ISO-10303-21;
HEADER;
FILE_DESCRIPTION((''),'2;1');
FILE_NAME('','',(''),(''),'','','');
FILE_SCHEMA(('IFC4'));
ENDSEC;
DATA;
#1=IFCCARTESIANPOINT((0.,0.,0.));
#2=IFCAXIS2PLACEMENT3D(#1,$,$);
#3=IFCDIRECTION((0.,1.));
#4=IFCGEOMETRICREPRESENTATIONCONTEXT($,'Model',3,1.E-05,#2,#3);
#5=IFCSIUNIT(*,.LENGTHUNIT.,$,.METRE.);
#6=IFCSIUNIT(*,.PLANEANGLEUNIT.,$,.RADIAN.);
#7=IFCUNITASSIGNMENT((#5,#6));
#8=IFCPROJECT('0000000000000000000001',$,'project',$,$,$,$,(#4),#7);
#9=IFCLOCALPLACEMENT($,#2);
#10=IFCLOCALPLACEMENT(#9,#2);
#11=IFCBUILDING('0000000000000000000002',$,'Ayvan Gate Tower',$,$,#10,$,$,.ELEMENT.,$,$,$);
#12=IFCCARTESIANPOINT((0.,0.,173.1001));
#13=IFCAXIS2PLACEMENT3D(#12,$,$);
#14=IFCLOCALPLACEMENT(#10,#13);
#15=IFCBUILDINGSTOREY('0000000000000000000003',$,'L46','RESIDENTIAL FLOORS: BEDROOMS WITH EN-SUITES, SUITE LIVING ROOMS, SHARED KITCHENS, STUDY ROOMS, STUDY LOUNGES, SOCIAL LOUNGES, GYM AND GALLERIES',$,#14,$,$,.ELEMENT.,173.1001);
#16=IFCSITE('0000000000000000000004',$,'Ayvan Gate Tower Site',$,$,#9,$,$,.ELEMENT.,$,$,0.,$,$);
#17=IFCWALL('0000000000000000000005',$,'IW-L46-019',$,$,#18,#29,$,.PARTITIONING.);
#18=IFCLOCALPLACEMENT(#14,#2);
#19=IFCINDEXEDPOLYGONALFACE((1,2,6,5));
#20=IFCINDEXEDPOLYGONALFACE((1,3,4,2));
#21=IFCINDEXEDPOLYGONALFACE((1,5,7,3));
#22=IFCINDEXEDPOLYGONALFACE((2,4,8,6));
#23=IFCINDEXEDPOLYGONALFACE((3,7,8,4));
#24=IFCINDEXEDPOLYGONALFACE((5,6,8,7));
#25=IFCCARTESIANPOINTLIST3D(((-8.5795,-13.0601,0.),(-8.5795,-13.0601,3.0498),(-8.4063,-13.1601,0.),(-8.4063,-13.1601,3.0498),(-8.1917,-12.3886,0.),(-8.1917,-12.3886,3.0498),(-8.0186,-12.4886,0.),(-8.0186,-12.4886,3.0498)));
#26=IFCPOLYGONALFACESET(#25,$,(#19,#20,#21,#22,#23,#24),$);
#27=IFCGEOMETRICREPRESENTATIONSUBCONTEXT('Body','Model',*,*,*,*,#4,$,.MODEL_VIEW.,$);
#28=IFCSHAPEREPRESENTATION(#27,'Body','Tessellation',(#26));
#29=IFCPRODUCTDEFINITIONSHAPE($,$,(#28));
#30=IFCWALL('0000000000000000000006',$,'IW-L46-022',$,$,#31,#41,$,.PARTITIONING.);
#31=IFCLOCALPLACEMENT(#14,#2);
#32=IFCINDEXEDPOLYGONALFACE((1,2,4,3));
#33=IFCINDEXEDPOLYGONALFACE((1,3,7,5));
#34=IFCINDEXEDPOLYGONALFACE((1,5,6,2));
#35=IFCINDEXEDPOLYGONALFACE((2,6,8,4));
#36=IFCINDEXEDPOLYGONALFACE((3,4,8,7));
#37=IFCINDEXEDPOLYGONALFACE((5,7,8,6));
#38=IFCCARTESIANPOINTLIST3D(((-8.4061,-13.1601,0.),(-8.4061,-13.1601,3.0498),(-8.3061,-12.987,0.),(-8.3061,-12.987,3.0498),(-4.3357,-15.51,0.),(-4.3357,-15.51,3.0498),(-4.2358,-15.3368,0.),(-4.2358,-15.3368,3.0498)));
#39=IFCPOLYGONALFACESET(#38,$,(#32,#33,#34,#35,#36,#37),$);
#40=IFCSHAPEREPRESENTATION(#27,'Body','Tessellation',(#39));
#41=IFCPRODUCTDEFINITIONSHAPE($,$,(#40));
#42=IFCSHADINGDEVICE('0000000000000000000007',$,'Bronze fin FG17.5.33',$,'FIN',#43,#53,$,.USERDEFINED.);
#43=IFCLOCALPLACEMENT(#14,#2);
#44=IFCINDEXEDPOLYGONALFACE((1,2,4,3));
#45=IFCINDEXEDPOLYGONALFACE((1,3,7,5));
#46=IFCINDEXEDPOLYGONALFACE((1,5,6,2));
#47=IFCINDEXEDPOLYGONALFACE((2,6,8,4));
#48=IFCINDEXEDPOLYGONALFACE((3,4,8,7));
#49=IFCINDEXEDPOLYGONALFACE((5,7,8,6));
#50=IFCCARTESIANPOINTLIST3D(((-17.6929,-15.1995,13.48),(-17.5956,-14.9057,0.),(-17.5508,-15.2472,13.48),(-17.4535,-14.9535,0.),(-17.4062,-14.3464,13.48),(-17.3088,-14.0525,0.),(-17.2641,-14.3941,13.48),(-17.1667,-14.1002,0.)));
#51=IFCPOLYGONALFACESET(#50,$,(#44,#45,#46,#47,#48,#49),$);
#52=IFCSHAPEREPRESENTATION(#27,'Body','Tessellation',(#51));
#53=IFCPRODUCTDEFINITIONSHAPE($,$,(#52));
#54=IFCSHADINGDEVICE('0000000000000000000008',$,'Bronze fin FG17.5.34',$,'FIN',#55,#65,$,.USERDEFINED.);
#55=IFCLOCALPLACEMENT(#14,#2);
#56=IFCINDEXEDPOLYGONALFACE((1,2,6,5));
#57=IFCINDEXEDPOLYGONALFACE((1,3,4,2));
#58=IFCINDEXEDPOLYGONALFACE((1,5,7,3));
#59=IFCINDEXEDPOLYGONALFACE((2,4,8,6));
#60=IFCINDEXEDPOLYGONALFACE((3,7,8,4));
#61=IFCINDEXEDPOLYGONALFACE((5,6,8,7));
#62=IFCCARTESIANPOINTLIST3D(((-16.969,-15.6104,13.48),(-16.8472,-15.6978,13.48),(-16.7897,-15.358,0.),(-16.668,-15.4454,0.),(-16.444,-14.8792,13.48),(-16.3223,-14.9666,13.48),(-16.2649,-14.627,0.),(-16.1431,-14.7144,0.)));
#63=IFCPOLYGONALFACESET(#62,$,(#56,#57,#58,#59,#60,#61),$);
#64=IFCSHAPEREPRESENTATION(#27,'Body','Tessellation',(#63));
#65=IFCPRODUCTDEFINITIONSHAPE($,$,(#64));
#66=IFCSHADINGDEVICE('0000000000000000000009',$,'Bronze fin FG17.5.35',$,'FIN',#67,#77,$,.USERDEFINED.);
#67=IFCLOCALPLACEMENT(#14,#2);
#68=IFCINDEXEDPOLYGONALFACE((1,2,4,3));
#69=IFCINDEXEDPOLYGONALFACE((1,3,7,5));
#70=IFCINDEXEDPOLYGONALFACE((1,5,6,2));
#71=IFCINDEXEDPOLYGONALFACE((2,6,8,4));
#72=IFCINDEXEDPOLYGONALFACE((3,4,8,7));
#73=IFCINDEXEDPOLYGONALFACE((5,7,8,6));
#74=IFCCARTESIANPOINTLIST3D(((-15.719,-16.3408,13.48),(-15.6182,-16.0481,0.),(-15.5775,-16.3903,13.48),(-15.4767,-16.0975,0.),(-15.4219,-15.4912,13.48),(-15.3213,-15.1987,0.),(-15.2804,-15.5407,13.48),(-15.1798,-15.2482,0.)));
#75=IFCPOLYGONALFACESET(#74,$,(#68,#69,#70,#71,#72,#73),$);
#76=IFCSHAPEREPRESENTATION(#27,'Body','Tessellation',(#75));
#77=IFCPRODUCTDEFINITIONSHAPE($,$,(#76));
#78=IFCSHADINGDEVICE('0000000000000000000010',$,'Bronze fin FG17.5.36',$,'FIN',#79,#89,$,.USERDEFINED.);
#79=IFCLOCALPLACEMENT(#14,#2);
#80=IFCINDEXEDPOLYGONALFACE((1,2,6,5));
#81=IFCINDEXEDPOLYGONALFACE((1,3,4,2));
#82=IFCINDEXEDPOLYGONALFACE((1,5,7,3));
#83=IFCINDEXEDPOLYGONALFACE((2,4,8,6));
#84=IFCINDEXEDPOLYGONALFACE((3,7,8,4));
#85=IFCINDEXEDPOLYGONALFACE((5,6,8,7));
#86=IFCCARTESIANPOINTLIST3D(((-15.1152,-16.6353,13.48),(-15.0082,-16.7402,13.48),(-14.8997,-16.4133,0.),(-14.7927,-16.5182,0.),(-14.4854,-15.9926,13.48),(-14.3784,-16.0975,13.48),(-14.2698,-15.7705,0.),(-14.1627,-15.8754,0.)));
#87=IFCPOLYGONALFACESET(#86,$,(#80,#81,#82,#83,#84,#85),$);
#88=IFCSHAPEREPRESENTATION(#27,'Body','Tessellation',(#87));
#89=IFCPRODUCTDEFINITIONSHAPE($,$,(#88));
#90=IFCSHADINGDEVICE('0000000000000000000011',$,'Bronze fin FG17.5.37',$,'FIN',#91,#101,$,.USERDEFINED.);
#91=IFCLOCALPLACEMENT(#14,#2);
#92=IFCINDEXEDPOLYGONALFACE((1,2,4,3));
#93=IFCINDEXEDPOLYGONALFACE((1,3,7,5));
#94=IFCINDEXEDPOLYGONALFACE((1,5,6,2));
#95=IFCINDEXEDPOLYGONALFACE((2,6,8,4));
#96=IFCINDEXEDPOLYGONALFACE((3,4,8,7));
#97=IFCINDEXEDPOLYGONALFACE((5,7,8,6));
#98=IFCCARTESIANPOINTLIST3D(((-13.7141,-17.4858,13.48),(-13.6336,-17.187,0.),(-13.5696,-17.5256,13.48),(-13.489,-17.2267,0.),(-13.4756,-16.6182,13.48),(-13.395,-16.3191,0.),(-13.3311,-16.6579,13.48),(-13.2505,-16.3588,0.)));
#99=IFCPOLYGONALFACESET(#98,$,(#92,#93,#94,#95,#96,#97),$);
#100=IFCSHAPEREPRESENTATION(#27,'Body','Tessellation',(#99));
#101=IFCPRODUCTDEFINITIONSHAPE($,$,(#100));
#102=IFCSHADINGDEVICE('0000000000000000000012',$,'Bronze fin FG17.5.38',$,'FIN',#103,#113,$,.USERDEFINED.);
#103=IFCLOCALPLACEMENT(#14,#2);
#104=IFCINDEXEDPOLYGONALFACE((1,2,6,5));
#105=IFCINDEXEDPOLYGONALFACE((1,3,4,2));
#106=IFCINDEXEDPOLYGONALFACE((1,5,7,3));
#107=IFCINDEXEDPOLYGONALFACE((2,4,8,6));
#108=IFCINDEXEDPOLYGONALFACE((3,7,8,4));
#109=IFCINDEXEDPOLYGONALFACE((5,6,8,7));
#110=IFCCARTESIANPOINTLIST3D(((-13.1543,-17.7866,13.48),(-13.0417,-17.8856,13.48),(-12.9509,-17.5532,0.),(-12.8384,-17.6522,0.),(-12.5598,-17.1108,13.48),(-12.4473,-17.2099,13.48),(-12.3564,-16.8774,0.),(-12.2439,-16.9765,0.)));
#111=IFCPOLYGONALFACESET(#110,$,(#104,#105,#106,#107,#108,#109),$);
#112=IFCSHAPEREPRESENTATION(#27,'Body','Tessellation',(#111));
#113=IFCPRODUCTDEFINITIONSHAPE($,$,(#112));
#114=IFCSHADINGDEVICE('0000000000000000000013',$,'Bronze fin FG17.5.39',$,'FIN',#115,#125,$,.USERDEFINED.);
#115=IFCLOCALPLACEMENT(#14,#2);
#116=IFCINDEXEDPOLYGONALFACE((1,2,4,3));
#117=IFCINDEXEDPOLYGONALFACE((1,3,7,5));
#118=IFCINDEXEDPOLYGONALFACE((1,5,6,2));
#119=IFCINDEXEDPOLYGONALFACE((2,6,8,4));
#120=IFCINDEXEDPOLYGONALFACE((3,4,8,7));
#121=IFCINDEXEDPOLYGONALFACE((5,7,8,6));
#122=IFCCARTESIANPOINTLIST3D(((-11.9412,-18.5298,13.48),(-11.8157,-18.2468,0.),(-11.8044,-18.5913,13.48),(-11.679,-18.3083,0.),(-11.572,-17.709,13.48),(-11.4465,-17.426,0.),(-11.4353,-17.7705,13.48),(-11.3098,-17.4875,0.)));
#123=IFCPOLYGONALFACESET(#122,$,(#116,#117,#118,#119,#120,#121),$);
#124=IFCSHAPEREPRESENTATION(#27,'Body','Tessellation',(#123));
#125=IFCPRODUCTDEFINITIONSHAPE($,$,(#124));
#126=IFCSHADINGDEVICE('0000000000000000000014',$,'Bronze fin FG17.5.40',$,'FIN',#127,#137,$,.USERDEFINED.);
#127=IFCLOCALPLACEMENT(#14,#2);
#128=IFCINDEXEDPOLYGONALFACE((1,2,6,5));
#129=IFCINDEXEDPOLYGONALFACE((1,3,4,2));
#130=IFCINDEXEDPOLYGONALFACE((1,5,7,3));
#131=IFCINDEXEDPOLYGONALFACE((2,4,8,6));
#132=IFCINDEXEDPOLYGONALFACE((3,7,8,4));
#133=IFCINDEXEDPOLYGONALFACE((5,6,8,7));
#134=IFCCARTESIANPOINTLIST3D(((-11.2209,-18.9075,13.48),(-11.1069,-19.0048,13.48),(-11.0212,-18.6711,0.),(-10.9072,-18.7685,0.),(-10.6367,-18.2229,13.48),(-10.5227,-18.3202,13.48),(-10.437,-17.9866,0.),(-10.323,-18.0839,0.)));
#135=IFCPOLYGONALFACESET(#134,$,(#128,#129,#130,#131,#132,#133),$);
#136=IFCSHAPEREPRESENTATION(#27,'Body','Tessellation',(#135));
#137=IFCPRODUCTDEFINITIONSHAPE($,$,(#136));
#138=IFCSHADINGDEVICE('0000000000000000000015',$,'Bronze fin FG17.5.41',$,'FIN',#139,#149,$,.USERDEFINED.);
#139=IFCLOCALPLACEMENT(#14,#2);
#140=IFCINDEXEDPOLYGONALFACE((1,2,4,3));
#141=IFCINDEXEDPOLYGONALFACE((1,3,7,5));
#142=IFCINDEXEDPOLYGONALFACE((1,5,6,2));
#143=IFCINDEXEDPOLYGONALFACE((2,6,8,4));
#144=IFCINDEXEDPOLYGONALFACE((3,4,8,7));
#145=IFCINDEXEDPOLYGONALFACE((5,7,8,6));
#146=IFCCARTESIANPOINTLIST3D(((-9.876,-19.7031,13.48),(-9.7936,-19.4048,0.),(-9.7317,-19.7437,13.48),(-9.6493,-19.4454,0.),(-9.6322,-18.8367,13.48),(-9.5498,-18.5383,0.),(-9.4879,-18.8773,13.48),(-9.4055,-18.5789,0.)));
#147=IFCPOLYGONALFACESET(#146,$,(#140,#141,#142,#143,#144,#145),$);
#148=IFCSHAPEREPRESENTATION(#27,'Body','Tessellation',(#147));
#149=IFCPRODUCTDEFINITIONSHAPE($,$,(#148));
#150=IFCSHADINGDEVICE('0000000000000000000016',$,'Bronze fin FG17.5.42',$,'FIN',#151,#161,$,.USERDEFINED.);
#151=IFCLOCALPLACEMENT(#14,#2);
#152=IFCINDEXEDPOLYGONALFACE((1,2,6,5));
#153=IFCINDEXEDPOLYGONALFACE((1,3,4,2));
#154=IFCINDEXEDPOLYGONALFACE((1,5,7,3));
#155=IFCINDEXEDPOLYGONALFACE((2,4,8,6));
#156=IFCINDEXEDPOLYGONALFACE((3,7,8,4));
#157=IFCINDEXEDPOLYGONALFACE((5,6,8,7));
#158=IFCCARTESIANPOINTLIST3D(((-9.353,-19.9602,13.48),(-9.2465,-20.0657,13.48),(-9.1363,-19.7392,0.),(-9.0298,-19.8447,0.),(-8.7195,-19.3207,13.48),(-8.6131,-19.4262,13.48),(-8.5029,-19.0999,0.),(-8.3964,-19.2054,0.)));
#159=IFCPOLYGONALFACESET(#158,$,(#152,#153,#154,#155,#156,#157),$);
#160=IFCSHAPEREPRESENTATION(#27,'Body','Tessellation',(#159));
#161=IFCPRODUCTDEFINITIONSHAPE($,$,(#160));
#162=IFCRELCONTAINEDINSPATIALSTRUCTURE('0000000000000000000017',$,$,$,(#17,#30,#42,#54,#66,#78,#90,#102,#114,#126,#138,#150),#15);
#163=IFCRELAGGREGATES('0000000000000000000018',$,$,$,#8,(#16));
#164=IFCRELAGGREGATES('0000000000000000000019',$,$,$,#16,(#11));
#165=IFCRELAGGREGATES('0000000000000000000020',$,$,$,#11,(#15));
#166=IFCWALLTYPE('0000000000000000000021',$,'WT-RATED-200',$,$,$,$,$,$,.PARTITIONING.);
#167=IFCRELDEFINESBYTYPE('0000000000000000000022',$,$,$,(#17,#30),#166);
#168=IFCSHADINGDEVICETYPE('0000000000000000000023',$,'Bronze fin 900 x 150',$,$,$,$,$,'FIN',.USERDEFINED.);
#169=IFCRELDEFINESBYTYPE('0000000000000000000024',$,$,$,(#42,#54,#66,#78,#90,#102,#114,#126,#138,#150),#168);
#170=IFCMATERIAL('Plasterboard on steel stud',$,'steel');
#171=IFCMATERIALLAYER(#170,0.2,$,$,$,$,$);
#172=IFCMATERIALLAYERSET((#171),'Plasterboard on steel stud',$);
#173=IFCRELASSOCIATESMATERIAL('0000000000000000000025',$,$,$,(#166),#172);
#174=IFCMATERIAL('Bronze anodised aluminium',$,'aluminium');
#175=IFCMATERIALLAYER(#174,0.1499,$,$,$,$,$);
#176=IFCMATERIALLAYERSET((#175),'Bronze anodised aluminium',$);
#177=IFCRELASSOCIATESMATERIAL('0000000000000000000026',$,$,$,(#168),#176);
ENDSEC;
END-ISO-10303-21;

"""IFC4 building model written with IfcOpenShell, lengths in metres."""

from ifc_helpers import new_model, si_unit, direction, frame, frame_2d, origin, place, context, subcontext, project, spatial, polyline, rectangle, outline, extrude, material, layer, layer_set, type_object, element, save


model = new_model("IFC4")

# Units and contexts
model_context = context("Model", 3, precision=1e-05, world=origin(), true_north=direction((0.0, 1.0)))
body_context = subcontext(model_context, "Body", "Model", "MODEL_VIEW")
ifc_project = project(units=[si_unit("LENGTHUNIT", "METRE"), si_unit("PLANEANGLEUNIT", "RADIAN")], contexts=[model_context])

# Site, building, storey
site_placement = place(None, origin())
site = spatial("IfcSite", under=ifc_project, at=site_placement, Name="Ayvan Gate Tower Site", CompositionType="ELEMENT", RefElevation=0.0)
building_placement = place(site_placement, origin())
building = spatial("IfcBuilding", under=site, at=building_placement, Name="Ayvan Gate Tower", CompositionType="ELEMENT")
storey_placement = place(building_placement, frame((0.0, 0.0, 173.1001)))
storey = spatial("IfcBuildingStorey", under=building, at=storey_placement, Name="L46", Description="RESIDENTIAL FLOORS: BEDROOMS WITH EN-SUITES, SUITE LIVING ROOMS, SHARED KITCHENS, STUDY ROOMS, STUDY LOUNGES, SOCIAL LOUNGES, GYM AND GALLERIES", CompositionType="ELEMENT", Elevation=173.1001)

# Shared definitions
ifc_material_1 = material(Name="Bronze anodised aluminium", Category="aluminium")

# Walls
ifc_material_2 = material(Name="Plasterboard on steel stud", Category="steel")
ifc_layer_1 = layer(ifc_material_2, 0.2)
ifc_layer_set_1 = layer_set([ifc_layer_1], Name="Plasterboard on steel stud")
wall_type_1 = type_object("IfcWallType", Name="WT-RATED-200", PredefinedType="PARTITIONING", material=ifc_layer_set_1)
wall_1_placement = place(storey_placement, frame((-8.4929, -13.1101, 0.0), z_axis=(0.0, 0.0, 1.0), x_axis=(0.500068, 0.865986, 0.0)))
element("IfcWall", 1, at=wall_1_placement, inside=storey, type_object=wall_type_1, Name="IW-L46-019", PredefinedType="PARTITIONING", context=body_context, shape_type="SweptSolid", body=[
    extrude(rectangle(XDim=0.7754, YDim=0.2, at=frame_2d((0.3877, 0.0))), origin(), (0.0, 0.0, 1.0), 3.0498),
])
wall_2_placement = place(storey_placement, frame((-8.3562, -13.0735, 0.0), z_axis=(0.0, 0.0, 1.0), x_axis=(0.866039, -0.499977, 0.0)))
element("IfcWall", 2, at=wall_2_placement, inside=storey, type_object=wall_type_1, Name="IW-L46-022", PredefinedType="PARTITIONING", context=body_context, shape_type="SweptSolid", body=[
    extrude(rectangle(XDim=4.7, YDim=0.2, at=frame_2d((2.3501, 0.0))), origin(), (0.0, 0.0, 1.0), 3.0498),
])

# Shading devices
ifc_layer_2 = layer(ifc_material_1, 0.1499)
ifc_layer_set_2 = layer_set([ifc_layer_2], Name="Bronze anodised aluminium")
shading_device_type = type_object("IfcShadingDeviceType", Name="Bronze fin 900 x 150", ElementType="FIN", PredefinedType="USERDEFINED", material=ifc_layer_set_2)
shading_device_1_placement = place(storey_placement, frame((-17.3088, -14.0525, 0.0), z_axis=(-0.947894, 0.318587, 0.000103), x_axis=(-0.318587, -0.947894, 0.0)))
element("IfcShadingDevice", 3, at=shading_device_1_placement, inside=storey, type_object=shading_device_type, Name="Bronze fin FG17.5.33", ObjectType="FIN", PredefinedType="USERDEFINED", context=body_context, shape_type="SweptSolid", body=[
    extrude(outline(polyline([(0.0, 0.0), (0.9001, 0.0), (1.2096, 13.48), (0.3096, 13.48), (0.0, 0.0)])), origin(), (0.0, 0.0, -1.0), 0.1499),
])
shading_device_2_placement = place(storey_placement, frame((-16.2649, -14.627, 0.0), z_axis=(-0.812311, 0.583225, 0.000118), x_axis=(-0.583225, -0.812311, 0.0)))
element("IfcShadingDevice", 4, at=shading_device_2_placement, inside=storey, type_object=shading_device_type, Name="Bronze fin FG17.5.34", ObjectType="FIN", PredefinedType="USERDEFINED", context=body_context, shape_type="SweptSolid", body=[
    extrude(outline(polyline([(0.0, 0.0), (0.8999, 0.0), (1.2095, 13.48), (0.3094, 13.48), (0.0, 0.0)])), origin(), (0.0, 0.0, -1.0), 0.1499),
])
shading_device_3_placement = place(storey_placement, frame((-15.3213, -15.1987, 0.0), z_axis=(-0.94397, 0.33003, 0.000111), x_axis=(-0.33003, -0.94397, 0.0)))
element("IfcShadingDevice", 5, at=shading_device_3_placement, inside=storey, type_object=shading_device_type, Name="Bronze fin FG17.5.35", ObjectType="FIN", PredefinedType="USERDEFINED", context=body_context, shape_type="SweptSolid", body=[
    extrude(outline(polyline([(0.0, 0.0), (0.8998, 0.0), (1.2094, 13.48), (0.3093, 13.48), (0.0, 0.0)])), origin(), (0.0, 0.0, -1.0), 0.1499),
])
shading_device_4_placement = place(storey_placement, frame((-14.2698, -15.7705, 0.0), z_axis=(-0.714192, 0.699949, 0.000108), x_axis=(-0.699949, -0.714192, 0.0)))
element("IfcShadingDevice", 6, at=shading_device_4_placement, inside=storey, type_object=shading_device_type, Name="Bronze fin FG17.5.36", ObjectType="FIN", PredefinedType="USERDEFINED", context=body_context, shape_type="SweptSolid", body=[
    extrude(outline(polyline([(0.0, 0.0), (0.9, 0.0), (1.2094, 13.48), (0.3096, 13.48), (0.0, 0.0)])), origin(), (0.0, 0.0, -1.0), 0.1499),
])
shading_device_5_placement = place(storey_placement, frame((-13.395, -16.3191, 0.0), z_axis=(-0.964239, 0.265034, 0.000115), x_axis=(-0.265034, -0.964239, 0.0)))
element("IfcShadingDevice", 7, at=shading_device_5_placement, inside=storey, type_object=shading_device_type, Name="Bronze fin FG17.5.37", ObjectType="FIN", PredefinedType="USERDEFINED", context=body_context, shape_type="SweptSolid", body=[
    extrude(outline(polyline([(0.0, 0.0), (0.9001, 0.0), (1.2096, 13.48), (0.3097, 13.48), (0.0, 0.0)])), origin(), (0.0, 0.0, -1.0), 0.1499),
])
shading_device_6_placement = place(storey_placement, frame((-12.3564, -16.8774, 0.0), z_axis=(-0.750827, 0.660499, 0.000109), x_axis=(-0.660499, -0.750827, 0.0)))
element("IfcShadingDevice", 8, at=shading_device_6_placement, inside=storey, type_object=shading_device_type, Name="Bronze fin FG17.5.38", ObjectType="FIN", PredefinedType="USERDEFINED", context=body_context, shape_type="SweptSolid", body=[
    extrude(outline(polyline([(0.0, 0.0), (0.9, 0.0), (1.2096, 13.48), (0.3096, 13.48), (0.0, 0.0)])), origin(), (0.0, 0.0, -1.0), 0.1499),
])
shading_device_7_placement = place(storey_placement, frame((-11.4465, -17.426, 0.0), z_axis=(-0.912013, 0.410162, 0.00012), x_axis=(-0.410162, -0.912013, 0.0)))
element("IfcShadingDevice", 9, at=shading_device_7_placement, inside=storey, type_object=shading_device_type, Name="Bronze fin FG17.5.39", ObjectType="FIN", PredefinedType="USERDEFINED", context=body_context, shape_type="SweptSolid", body=[
    extrude(outline(polyline([(0.0, 0.0), (0.9, 0.0), (1.2095, 13.48), (0.3095, 13.48), (0.0, 0.0)])), origin(), (0.0, 0.0, -1.0), 0.1499),
])
shading_device_8_placement = place(storey_placement, frame((-10.437, -17.9866, 0.0), z_axis=(-0.760653, 0.649159, 0.000112), x_axis=(-0.649159, -0.760653, 0.0)))
element("IfcShadingDevice", 10, at=shading_device_8_placement, inside=storey, type_object=shading_device_type, Name="Bronze fin FG17.5.40", ObjectType="FIN", PredefinedType="USERDEFINED", context=body_context, shape_type="SweptSolid", body=[
    extrude(outline(polyline([(0.0, 0.0), (0.9, 0.0), (1.2094, 13.48), (0.3094, 13.48), (0.0, 0.0)])), origin(), (0.0, 0.0, -1.0), 0.1499),
])
shading_device_9_placement = place(storey_placement, frame((-9.5498, -18.5383, 0.0), z_axis=(-0.962627, 0.270832, 0.00011), x_axis=(-0.270832, -0.962627, 0.0)))
element("IfcShadingDevice", 11, at=shading_device_9_placement, inside=storey, type_object=shading_device_type, Name="Bronze fin FG17.5.41", ObjectType="FIN", PredefinedType="USERDEFINED", context=body_context, shape_type="SweptSolid", body=[
    extrude(outline(polyline([(0.0, 0.0), (0.9001, 0.0), (1.2096, 13.48), (0.3095, 13.48), (0.0, 0.0)])), origin(), (0.0, 0.0, -1.0), 0.1499),
])
shading_device_10_placement = place(storey_placement, frame((-8.5029, -19.0999, 0.0), z_axis=(-0.710422, 0.703776, 0.000116), x_axis=(-0.703776, -0.710422, 0.0)))
element("IfcShadingDevice", 12, at=shading_device_10_placement, inside=storey, type_object=shading_device_type, Name="Bronze fin FG17.5.42", ObjectType="FIN", PredefinedType="USERDEFINED", context=body_context, shape_type="SweptSolid", body=[
    extrude(outline(polyline([(0.0, 0.0), (0.8999, 0.0), (1.2095, 13.48), (0.3094, 13.48), (0.0, 0.0)])), origin(), (0.0, 0.0, -1.0), 0.1499),
])

save(model, "model.ifc")
